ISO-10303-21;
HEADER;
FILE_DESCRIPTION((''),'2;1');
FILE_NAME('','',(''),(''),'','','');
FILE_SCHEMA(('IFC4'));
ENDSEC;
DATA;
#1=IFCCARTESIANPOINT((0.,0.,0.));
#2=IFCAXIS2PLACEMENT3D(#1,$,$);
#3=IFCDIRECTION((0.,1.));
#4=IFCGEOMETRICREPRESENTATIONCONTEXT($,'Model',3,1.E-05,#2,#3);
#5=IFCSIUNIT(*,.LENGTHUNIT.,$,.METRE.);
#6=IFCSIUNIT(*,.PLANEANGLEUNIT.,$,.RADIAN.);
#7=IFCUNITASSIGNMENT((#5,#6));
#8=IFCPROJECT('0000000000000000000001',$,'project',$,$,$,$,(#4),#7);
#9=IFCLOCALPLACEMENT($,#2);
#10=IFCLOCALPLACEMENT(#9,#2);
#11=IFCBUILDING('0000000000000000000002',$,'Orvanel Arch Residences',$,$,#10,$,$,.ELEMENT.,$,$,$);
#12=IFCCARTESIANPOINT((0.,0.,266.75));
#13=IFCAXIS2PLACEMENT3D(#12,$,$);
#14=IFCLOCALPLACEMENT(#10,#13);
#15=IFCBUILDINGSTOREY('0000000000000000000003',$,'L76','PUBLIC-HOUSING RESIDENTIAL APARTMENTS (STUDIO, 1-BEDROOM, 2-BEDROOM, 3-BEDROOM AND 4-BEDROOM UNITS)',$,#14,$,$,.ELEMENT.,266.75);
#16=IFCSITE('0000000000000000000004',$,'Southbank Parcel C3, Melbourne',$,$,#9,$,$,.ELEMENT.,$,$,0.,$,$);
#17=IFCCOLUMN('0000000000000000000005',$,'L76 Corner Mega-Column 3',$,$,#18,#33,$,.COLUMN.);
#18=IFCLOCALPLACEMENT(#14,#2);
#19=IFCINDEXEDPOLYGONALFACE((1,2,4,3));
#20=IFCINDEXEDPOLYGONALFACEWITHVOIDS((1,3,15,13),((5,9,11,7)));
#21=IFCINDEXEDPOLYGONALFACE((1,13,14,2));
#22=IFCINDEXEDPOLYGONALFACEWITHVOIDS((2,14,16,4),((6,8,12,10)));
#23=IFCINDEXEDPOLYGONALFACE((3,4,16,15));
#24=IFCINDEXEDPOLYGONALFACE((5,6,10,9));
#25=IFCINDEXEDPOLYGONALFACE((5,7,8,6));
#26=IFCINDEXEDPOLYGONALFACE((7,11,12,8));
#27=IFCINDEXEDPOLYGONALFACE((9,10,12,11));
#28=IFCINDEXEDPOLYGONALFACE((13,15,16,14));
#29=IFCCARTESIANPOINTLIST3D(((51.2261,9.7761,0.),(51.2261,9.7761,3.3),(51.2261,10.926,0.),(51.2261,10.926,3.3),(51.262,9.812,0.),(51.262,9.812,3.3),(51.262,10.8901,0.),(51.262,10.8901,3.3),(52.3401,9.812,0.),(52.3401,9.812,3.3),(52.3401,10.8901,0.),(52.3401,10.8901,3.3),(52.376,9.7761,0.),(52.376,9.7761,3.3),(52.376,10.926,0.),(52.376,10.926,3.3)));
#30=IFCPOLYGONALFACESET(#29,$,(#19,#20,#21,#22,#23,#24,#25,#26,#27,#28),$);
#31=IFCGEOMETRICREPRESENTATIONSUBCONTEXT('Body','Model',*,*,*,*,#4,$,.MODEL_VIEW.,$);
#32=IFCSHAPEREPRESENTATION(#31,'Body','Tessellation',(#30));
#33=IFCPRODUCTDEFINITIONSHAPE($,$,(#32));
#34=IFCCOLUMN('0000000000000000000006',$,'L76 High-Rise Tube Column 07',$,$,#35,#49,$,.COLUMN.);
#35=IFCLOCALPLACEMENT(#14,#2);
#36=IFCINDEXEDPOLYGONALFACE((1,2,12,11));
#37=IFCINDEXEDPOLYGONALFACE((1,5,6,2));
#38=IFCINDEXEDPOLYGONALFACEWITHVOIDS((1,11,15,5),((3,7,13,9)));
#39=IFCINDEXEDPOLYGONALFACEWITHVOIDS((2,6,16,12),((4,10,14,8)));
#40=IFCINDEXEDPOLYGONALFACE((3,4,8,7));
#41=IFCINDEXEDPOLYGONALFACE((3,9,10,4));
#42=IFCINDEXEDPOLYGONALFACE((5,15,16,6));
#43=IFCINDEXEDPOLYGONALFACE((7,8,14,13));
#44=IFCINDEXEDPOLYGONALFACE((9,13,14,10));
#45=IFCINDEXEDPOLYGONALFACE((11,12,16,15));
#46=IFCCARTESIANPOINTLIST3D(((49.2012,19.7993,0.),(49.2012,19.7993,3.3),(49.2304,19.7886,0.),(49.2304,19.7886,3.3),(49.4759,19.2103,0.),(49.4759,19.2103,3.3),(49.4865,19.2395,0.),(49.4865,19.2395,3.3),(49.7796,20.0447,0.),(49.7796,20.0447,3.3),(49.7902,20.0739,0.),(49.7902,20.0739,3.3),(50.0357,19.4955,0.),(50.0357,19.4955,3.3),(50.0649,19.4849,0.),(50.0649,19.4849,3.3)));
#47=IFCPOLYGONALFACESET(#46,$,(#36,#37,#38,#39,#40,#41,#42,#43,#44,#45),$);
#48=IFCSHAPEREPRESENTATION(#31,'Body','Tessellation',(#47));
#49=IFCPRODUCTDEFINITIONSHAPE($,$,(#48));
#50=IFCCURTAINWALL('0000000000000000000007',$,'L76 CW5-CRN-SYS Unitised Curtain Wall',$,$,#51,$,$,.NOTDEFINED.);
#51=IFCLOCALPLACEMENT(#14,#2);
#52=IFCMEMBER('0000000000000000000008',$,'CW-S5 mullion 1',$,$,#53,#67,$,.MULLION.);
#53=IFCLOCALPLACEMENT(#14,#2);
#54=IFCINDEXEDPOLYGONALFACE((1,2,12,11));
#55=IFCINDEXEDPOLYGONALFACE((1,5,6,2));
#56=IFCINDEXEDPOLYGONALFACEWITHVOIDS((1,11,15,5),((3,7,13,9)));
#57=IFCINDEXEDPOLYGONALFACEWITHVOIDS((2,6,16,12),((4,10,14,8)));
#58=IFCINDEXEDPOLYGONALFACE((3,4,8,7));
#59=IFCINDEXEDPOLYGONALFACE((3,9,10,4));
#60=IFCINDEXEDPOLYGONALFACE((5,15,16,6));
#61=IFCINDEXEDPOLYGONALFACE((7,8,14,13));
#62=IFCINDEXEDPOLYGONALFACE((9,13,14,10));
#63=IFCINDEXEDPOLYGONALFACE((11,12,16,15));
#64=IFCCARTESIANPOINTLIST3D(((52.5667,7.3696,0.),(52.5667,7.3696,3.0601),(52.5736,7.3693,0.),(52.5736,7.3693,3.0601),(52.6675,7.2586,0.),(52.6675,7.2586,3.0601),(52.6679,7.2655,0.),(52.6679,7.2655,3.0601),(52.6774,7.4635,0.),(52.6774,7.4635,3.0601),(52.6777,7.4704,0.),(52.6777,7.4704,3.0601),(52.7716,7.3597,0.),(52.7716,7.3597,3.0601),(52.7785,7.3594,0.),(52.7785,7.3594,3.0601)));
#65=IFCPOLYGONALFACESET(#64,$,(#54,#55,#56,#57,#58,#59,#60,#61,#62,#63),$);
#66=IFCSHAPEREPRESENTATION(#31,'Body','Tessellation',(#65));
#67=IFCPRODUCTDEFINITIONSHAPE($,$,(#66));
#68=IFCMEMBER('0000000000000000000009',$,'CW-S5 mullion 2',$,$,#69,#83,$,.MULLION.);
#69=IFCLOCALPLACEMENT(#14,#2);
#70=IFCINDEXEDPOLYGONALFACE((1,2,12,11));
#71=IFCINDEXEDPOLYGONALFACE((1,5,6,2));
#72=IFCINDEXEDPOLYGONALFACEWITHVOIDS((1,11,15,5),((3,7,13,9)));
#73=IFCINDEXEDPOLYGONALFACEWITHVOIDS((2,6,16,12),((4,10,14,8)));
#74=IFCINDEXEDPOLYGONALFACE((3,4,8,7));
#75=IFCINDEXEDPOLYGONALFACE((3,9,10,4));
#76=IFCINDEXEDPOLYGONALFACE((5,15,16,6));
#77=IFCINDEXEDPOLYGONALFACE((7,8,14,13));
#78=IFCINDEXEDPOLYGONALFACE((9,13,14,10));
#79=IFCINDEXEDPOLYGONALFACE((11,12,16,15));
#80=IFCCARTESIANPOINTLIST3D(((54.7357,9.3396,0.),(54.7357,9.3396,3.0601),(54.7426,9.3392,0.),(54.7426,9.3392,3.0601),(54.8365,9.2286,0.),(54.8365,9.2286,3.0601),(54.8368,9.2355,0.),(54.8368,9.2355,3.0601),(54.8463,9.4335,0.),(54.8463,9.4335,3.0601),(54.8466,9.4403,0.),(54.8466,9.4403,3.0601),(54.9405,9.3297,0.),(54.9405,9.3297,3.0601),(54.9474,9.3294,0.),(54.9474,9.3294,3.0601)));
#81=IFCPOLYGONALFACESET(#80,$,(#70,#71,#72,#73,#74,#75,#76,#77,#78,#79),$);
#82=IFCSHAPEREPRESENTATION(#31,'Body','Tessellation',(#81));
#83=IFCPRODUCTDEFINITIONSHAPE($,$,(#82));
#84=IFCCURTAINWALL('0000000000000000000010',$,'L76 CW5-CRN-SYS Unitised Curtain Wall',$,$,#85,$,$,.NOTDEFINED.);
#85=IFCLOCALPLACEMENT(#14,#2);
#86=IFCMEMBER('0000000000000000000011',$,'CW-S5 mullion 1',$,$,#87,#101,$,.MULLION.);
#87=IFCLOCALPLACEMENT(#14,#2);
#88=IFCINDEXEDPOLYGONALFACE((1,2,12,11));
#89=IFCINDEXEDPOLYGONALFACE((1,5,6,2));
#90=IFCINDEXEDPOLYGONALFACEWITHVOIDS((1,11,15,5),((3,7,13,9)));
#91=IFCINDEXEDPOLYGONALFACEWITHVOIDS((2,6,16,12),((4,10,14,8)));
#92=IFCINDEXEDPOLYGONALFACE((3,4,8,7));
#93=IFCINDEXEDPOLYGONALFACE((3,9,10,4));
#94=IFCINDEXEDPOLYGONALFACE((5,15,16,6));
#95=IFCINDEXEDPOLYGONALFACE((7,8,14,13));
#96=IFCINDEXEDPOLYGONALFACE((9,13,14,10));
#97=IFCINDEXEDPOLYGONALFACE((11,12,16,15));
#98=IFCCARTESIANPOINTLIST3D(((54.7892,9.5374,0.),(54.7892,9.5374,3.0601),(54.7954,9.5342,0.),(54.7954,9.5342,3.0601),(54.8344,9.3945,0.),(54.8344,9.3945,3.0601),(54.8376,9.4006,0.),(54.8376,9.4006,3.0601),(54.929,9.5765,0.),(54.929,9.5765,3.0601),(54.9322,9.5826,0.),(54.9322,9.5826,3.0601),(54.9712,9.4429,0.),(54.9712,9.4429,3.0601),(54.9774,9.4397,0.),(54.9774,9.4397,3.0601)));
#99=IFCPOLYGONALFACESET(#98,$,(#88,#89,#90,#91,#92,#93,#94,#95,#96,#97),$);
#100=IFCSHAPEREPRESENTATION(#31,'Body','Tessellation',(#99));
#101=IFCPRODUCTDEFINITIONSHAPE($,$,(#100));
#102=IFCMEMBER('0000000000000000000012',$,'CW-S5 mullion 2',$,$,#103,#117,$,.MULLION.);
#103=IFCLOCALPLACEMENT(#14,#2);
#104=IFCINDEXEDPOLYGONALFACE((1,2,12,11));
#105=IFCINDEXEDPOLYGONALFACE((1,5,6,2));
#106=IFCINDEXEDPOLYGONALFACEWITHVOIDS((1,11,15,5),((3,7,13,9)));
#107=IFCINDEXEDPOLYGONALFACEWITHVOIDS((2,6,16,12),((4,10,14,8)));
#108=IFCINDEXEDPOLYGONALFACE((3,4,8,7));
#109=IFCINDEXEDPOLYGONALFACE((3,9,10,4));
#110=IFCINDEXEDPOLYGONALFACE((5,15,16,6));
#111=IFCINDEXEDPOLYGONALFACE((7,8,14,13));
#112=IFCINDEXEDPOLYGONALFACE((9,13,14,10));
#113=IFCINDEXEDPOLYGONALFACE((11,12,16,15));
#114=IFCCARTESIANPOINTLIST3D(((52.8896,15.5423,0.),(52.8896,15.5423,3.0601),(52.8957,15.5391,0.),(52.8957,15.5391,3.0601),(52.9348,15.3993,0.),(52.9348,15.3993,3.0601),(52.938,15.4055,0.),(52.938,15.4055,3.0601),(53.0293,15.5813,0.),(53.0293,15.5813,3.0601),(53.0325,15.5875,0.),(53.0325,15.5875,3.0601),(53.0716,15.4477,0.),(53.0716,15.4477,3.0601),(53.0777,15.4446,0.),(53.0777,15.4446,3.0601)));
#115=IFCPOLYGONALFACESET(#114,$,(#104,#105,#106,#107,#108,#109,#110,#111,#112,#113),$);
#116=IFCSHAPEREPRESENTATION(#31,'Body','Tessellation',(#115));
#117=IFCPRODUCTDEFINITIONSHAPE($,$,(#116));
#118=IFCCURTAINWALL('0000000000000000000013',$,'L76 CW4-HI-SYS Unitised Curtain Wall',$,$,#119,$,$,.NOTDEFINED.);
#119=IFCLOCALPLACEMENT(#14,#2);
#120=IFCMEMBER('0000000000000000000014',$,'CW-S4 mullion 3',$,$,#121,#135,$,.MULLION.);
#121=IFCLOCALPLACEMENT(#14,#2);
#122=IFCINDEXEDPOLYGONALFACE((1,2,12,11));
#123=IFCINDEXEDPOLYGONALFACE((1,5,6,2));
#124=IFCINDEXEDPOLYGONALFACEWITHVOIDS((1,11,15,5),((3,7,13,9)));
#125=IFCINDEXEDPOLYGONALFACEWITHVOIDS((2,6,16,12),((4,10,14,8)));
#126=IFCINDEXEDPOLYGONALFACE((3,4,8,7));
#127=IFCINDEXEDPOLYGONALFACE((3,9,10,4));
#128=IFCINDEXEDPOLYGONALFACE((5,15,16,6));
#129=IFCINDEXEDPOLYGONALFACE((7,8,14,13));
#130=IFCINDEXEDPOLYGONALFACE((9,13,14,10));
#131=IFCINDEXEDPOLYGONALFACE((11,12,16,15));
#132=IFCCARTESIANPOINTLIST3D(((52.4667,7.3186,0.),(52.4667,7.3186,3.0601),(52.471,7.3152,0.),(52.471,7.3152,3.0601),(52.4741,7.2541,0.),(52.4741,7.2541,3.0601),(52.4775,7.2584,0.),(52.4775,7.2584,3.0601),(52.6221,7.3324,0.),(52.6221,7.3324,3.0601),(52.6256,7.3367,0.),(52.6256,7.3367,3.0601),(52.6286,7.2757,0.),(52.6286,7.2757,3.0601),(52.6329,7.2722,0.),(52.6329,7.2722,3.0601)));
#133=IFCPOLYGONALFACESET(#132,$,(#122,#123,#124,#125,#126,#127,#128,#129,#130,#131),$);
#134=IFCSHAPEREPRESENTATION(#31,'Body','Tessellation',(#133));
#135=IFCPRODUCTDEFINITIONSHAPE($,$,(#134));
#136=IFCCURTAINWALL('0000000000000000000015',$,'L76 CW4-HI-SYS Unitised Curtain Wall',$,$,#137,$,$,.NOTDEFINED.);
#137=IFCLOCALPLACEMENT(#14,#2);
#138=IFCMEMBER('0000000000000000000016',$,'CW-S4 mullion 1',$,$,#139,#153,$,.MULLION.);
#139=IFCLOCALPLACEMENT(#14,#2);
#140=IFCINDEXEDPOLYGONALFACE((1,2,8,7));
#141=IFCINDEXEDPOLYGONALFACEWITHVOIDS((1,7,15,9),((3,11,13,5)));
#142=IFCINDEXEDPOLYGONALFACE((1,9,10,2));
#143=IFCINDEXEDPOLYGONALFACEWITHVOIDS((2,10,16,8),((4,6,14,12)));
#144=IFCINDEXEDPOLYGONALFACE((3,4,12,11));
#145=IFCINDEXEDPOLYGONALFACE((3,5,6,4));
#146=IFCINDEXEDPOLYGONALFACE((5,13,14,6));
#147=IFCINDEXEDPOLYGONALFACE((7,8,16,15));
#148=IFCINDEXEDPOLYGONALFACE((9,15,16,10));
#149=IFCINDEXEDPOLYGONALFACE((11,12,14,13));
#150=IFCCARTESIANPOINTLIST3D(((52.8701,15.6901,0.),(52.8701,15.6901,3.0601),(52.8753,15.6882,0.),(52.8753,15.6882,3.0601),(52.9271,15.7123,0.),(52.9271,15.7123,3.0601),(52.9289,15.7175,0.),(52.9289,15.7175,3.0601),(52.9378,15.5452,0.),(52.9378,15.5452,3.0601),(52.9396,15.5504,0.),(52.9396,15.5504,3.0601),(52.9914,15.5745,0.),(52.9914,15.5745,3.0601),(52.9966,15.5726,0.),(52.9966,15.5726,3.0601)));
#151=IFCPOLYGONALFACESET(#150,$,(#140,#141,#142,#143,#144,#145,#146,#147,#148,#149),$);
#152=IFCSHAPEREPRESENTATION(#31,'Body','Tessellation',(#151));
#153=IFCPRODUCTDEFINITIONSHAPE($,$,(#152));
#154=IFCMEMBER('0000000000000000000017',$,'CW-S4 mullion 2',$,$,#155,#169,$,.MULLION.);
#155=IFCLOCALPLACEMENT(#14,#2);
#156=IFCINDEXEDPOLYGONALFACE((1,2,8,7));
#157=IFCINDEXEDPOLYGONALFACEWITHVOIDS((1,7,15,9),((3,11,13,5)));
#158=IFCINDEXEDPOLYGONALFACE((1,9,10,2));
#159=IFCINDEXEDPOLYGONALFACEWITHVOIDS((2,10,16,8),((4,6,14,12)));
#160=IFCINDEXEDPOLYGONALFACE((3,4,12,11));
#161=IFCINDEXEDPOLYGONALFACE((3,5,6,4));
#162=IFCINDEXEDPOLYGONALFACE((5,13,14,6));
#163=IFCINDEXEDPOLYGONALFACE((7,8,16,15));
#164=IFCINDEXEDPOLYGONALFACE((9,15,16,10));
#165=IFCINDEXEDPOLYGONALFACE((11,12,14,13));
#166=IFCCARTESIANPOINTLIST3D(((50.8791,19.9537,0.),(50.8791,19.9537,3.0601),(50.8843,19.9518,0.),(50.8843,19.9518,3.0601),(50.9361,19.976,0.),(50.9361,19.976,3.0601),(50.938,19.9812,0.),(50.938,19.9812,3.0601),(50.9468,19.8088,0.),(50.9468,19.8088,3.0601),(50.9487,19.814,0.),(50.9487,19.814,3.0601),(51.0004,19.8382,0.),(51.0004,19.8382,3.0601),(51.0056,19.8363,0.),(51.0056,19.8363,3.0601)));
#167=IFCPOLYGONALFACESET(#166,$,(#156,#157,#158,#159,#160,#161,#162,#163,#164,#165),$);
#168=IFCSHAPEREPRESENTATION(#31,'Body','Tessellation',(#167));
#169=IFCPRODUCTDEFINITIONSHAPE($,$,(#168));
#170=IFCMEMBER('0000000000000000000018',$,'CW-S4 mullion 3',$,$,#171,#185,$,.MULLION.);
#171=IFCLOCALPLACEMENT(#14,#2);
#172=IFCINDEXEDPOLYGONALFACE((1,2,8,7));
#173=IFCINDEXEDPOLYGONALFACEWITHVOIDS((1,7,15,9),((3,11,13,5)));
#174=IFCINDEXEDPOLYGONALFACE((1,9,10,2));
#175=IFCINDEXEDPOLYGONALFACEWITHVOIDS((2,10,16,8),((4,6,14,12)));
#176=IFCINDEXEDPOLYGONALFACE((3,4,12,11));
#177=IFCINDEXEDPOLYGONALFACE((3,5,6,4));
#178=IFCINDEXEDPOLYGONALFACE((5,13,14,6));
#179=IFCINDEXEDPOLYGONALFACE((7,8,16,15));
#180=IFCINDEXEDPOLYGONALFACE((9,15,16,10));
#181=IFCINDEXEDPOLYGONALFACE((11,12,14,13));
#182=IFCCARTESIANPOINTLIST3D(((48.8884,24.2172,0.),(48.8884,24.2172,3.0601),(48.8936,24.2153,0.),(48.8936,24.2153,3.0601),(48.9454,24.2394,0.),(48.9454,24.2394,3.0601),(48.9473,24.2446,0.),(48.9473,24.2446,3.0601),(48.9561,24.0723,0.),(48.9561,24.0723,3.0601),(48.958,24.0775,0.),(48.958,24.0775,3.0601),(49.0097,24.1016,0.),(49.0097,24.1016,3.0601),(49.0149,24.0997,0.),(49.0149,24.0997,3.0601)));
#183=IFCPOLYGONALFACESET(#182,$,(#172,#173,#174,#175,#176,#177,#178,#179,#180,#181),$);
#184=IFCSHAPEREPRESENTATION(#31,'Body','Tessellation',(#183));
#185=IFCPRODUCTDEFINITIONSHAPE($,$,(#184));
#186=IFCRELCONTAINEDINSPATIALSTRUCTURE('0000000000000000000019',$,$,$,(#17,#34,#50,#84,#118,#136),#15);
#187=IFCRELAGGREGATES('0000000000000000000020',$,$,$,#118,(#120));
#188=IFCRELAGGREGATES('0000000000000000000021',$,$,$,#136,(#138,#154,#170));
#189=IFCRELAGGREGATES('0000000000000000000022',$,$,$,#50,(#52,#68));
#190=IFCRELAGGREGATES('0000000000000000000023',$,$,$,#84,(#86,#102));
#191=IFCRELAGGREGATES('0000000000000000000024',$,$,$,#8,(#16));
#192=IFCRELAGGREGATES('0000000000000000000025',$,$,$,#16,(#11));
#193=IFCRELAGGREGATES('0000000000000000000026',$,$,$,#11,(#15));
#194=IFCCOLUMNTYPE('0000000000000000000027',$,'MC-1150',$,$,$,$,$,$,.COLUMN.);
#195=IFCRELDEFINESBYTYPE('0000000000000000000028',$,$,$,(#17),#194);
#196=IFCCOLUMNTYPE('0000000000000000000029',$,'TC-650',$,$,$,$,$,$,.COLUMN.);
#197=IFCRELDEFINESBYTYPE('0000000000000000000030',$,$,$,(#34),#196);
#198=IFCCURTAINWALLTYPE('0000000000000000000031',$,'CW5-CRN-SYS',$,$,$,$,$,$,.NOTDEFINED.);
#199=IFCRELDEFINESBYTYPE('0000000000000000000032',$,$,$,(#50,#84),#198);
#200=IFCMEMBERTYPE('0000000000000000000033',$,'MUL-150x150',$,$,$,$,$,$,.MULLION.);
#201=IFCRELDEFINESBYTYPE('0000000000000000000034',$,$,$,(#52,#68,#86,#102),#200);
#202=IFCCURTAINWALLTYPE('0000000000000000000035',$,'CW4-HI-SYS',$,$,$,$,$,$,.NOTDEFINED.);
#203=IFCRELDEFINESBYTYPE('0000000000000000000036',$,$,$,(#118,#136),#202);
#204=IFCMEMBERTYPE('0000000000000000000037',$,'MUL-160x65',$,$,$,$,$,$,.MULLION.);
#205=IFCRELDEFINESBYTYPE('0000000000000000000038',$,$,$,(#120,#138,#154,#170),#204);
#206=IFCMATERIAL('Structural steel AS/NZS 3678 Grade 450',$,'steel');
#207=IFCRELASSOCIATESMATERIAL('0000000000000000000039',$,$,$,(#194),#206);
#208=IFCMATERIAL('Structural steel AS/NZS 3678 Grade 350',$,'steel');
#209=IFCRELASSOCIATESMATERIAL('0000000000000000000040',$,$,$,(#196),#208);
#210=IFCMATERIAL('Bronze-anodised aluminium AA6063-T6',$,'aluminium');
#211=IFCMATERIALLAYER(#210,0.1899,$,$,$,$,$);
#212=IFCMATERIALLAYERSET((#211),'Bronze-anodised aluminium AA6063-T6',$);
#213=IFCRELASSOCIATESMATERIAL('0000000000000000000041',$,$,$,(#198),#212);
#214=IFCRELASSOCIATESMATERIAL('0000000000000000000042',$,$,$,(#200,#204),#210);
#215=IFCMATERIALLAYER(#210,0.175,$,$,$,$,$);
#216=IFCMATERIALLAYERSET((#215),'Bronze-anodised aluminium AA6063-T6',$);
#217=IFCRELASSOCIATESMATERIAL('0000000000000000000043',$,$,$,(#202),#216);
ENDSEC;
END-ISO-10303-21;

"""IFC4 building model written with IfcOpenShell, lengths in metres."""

from ifc_helpers import new_model, si_unit, direction, frame, origin, origin_2d, place, context, subcontext, project, spatial, hollow_rectangle, extrude, material, layer, layer_set, material_profile, profile_set, type_object, element, aggregate, save


model = new_model("IFC4")

# Units and contexts
model_context = context("Model", 3, precision=1e-05, world=origin(), true_north=direction((0.0, 1.0)))
body_context = subcontext(model_context, "Body", "Model", "MODEL_VIEW")
ifc_project = project(units=[si_unit("LENGTHUNIT", "METRE"), si_unit("PLANEANGLEUNIT", "RADIAN")], contexts=[model_context])

# Site, building, storey
site_placement = place(None, origin())
site = spatial("IfcSite", under=ifc_project, at=site_placement, Name="Southbank Parcel C3, Melbourne", CompositionType="ELEMENT", RefElevation=0.0)
building_placement = place(site_placement, origin())
building = spatial("IfcBuilding", under=site, at=building_placement, Name="Orvanel Arch Residences", CompositionType="ELEMENT")
storey_placement = place(building_placement, frame((0.0, 0.0, 266.75)))
storey = spatial("IfcBuildingStorey", under=building, at=storey_placement, Name="L76", Description="PUBLIC-HOUSING RESIDENTIAL APARTMENTS (STUDIO, 1-BEDROOM, 2-BEDROOM, 3-BEDROOM AND 4-BEDROOM UNITS)", CompositionType="ELEMENT", Elevation=266.75)

# Columns
ifc_material_1 = material(Name="Structural steel AS/NZS 3678 Grade 450", Category="steel")
ifc_material_profile_1 = material_profile(ifc_material_1, hollow_rectangle(XDim=1.1499, YDim=1.1499, WallThickness=0.0359, at=origin_2d()), Name="BOX1150x1150x36")
ifc_profile_set_1 = profile_set([ifc_material_profile_1], Name="Structural steel AS/NZS 3678 Grade 450")
column_type_1 = type_object("IfcColumnType", Name="MC-1150", PredefinedType="COLUMN", material=ifc_profile_set_1)
column_1_placement = place(storey_placement, frame((51.801, 10.3511, 0.0), z_axis=(0.0, 0.0, 1.0), x_axis=(1.0, 0.0, 0.0)))
element("IfcColumn", 1, at=column_1_placement, inside=storey, type_object=column_type_1, Name="L76 Corner Mega-Column 3", PredefinedType="COLUMN", context=body_context, shape_type="SweptSolid", body=[
    extrude(hollow_rectangle(XDim=1.1499, YDim=1.1499, WallThickness=0.0359, at=origin_2d()), origin(), (0.0, 0.0, 1.0), 3.3),
])
ifc_material_2 = material(Name="Structural steel AS/NZS 3678 Grade 350", Category="steel")
ifc_material_profile_2 = material_profile(ifc_material_2, hollow_rectangle(XDim=0.6499, YDim=0.6499, WallThickness=0.022, at=origin_2d()), Name="BOX650x650x22")
ifc_profile_set_2 = profile_set([ifc_material_profile_2], Name="Structural steel AS/NZS 3678 Grade 350")
column_type_2 = type_object("IfcColumnType", Name="TC-650", PredefinedType="COLUMN", material=ifc_profile_set_2)
column_2_placement = place(storey_placement, frame((49.6331, 19.6421, 0.0), z_axis=(0.0, 0.0, 1.0), x_axis=(-0.422618, 0.906308, 0.0)))
element("IfcColumn", 2, at=column_2_placement, inside=storey, type_object=column_type_2, Name="L76 High-Rise Tube Column 07", PredefinedType="COLUMN", context=body_context, shape_type="SweptSolid", body=[
    extrude(hollow_rectangle(XDim=0.6499, YDim=0.6499, WallThickness=0.022, at=origin_2d()), origin(), (0.0, 0.0, 1.0), 3.3),
])

# Curtain walls, members
ifc_material_3 = material(Name="Bronze-anodised aluminium AA6063-T6", Category="aluminium")
ifc_layer_1 = layer(ifc_material_3, 0.1899)
ifc_layer_set_1 = layer_set([ifc_layer_1], Name="Bronze-anodised aluminium AA6063-T6")
curtain_wall_type_1 = type_object("IfcCurtainWallType", Name="CW5-CRN-SYS", PredefinedType="NOTDEFINED", material=ifc_layer_set_1)
curtain_wall_1_placement = place(storey_placement, origin())
curtain_wall_1 = element("IfcCurtainWall", 3, at=curtain_wall_1_placement, inside=storey, type_object=curtain_wall_type_1, Name="L76 CW5-CRN-SYS Unitised Curtain Wall", PredefinedType="NOTDEFINED")
ifc_material_profile_3 = material_profile(ifc_material_3, hollow_rectangle(XDim=0.1499, YDim=0.1499, WallThickness=0.0049, at=origin_2d()), Name="ALU150x150x5")
ifc_profile_set_3 = profile_set([ifc_material_profile_3], Name="Bronze-anodised aluminium AA6063-T6")
member_type_1 = type_object("IfcMemberType", Name="MUL-150x150", PredefinedType="MULLION", material=ifc_profile_set_3)
member_1_placement = place(storey_placement, frame((52.6726, 7.3645, 0.0), z_axis=(0.0, 0.0, 1.0), x_axis=(-0.672366, 0.740219, 0.0)))
member_1 = element("IfcMember", 4, at=member_1_placement, type_object=member_type_1, Name="CW-S5 mullion 1", PredefinedType="MULLION", context=body_context, shape_type="SweptSolid", body=[
    extrude(hollow_rectangle(XDim=0.1499, YDim=0.1499, WallThickness=0.0049, at=origin_2d()), origin(), (0.0, 0.0, 1.0), 3.0601),
])
member_2_placement = place(storey_placement, frame((54.8416, 9.3345, 0.0), z_axis=(0.0, 0.0, 1.0), x_axis=(-0.672366, 0.740219, 0.0)))
member_2 = element("IfcMember", 5, at=member_2_placement, type_object=member_type_1, Name="CW-S5 mullion 2", PredefinedType="MULLION", context=body_context, shape_type="SweptSolid", body=[
    extrude(hollow_rectangle(XDim=0.1499, YDim=0.1499, WallThickness=0.0049, at=origin_2d()), origin(), (0.0, 0.0, 1.0), 3.0601),
])
curtain_wall_2_placement = place(storey_placement, origin())
curtain_wall_2 = element("IfcCurtainWall", 6, at=curtain_wall_2_placement, inside=storey, type_object=curtain_wall_type_1, Name="L76 CW5-CRN-SYS Unitised Curtain Wall", PredefinedType="NOTDEFINED")
member_3_placement = place(storey_placement, frame((54.8833, 9.4885, 0.0), z_axis=(0.0, 0.0, 1.0), x_axis=(-0.953426, -0.301629, 0.0)))
member_3 = element("IfcMember", 7, at=member_3_placement, type_object=member_type_1, Name="CW-S5 mullion 1", PredefinedType="MULLION", context=body_context, shape_type="SweptSolid", body=[
    extrude(hollow_rectangle(XDim=0.1499, YDim=0.1499, WallThickness=0.0049, at=origin_2d()), origin(), (0.0, 0.0, 1.0), 3.0601),
])
member_4_placement = place(storey_placement, frame((52.9836, 15.4934, 0.0), z_axis=(0.0, 0.0, 1.0), x_axis=(-0.953426, -0.301629, 0.0)))
member_4 = element("IfcMember", 8, at=member_4_placement, type_object=member_type_1, Name="CW-S5 mullion 2", PredefinedType="MULLION", context=body_context, shape_type="SweptSolid", body=[
    extrude(hollow_rectangle(XDim=0.1499, YDim=0.1499, WallThickness=0.0049, at=origin_2d()), origin(), (0.0, 0.0, 1.0), 3.0601),
])

# Curtain wall, member
ifc_layer_2 = layer(ifc_material_3, 0.175)
ifc_layer_set_2 = layer_set([ifc_layer_2], Name="Bronze-anodised aluminium AA6063-T6")
curtain_wall_type_2 = type_object("IfcCurtainWallType", Name="CW4-HI-SYS", PredefinedType="NOTDEFINED", material=ifc_layer_set_2)
curtain_wall_3_placement = place(storey_placement, origin())
curtain_wall_3 = element("IfcCurtainWall", 9, at=curtain_wall_3_placement, inside=storey, type_object=curtain_wall_type_2, Name="L76 CW4-HI-SYS Unitised Curtain Wall", PredefinedType="NOTDEFINED")
ifc_material_profile_4 = material_profile(ifc_material_3, hollow_rectangle(XDim=0.0649, YDim=0.1599, WallThickness=0.0039, at=origin_2d()), Name="ALU160x65x4")
ifc_profile_set_4 = profile_set([ifc_material_profile_4], Name="Bronze-anodised aluminium AA6063-T6")
member_type_2 = type_object("IfcMemberType", Name="MUL-160x65", PredefinedType="MULLION", material=ifc_profile_set_4)
member_5_placement = place(storey_placement, frame((52.5498, 7.2954, 0.0), z_axis=(0.0, 0.0, 1.0), x_axis=(-0.11351, 0.993537, 0.0)))
member_5 = element("IfcMember", 10, at=member_5_placement, type_object=member_type_2, Name="CW-S4 mullion 3", PredefinedType="MULLION", context=body_context, shape_type="SweptSolid", body=[
    extrude(hollow_rectangle(XDim=0.0649, YDim=0.1599, WallThickness=0.0039, at=origin_2d()), origin(), (0.0, 0.0, 1.0), 3.0601),
])

# Curtain wall, members
curtain_wall_4_placement = place(storey_placement, origin())
curtain_wall_4 = element("IfcCurtainWall", 11, at=curtain_wall_4_placement, inside=storey, type_object=curtain_wall_type_2, Name="L76 CW4-HI-SYS Unitised Curtain Wall", PredefinedType="NOTDEFINED")
member_6_placement = place(storey_placement, frame((52.9333, 15.6313, 0.0), z_axis=(0.0, 0.0, 1.0), x_axis=(-0.906094, -0.423076, 0.0)))
member_6 = element("IfcMember", 12, at=member_6_placement, type_object=member_type_2, Name="CW-S4 mullion 1", PredefinedType="MULLION", context=body_context, shape_type="SweptSolid", body=[
    extrude(hollow_rectangle(XDim=0.0649, YDim=0.1599, WallThickness=0.0039, at=origin_2d()), origin(), (0.0, 0.0, 1.0), 3.0601),
])
member_7_placement = place(storey_placement, frame((50.9424, 19.895, 0.0), z_axis=(0.0, 0.0, 1.0), x_axis=(-0.906094, -0.423076, 0.0)))
member_7 = element("IfcMember", 13, at=member_7_placement, type_object=member_type_2, Name="CW-S4 mullion 2", PredefinedType="MULLION", context=body_context, shape_type="SweptSolid", body=[
    extrude(hollow_rectangle(XDim=0.0649, YDim=0.1599, WallThickness=0.0039, at=origin_2d()), origin(), (0.0, 0.0, 1.0), 3.0601),
])
member_8_placement = place(storey_placement, frame((48.9517, 24.1584, 0.0), z_axis=(0.0, 0.0, 1.0), x_axis=(-0.906094, -0.423076, 0.0)))
member_8 = element("IfcMember", 14, at=member_8_placement, type_object=member_type_2, Name="CW-S4 mullion 3", PredefinedType="MULLION", context=body_context, shape_type="SweptSolid", body=[
    extrude(hollow_rectangle(XDim=0.0649, YDim=0.1599, WallThickness=0.0039, at=origin_2d()), origin(), (0.0, 0.0, 1.0), 3.0601),
])

aggregate(curtain_wall_3, [member_5])
aggregate(curtain_wall_4, [member_6, member_7, member_8])
aggregate(curtain_wall_1, [member_1, member_2])
aggregate(curtain_wall_2, [member_3, member_4])

save(model, "model.ifc")
